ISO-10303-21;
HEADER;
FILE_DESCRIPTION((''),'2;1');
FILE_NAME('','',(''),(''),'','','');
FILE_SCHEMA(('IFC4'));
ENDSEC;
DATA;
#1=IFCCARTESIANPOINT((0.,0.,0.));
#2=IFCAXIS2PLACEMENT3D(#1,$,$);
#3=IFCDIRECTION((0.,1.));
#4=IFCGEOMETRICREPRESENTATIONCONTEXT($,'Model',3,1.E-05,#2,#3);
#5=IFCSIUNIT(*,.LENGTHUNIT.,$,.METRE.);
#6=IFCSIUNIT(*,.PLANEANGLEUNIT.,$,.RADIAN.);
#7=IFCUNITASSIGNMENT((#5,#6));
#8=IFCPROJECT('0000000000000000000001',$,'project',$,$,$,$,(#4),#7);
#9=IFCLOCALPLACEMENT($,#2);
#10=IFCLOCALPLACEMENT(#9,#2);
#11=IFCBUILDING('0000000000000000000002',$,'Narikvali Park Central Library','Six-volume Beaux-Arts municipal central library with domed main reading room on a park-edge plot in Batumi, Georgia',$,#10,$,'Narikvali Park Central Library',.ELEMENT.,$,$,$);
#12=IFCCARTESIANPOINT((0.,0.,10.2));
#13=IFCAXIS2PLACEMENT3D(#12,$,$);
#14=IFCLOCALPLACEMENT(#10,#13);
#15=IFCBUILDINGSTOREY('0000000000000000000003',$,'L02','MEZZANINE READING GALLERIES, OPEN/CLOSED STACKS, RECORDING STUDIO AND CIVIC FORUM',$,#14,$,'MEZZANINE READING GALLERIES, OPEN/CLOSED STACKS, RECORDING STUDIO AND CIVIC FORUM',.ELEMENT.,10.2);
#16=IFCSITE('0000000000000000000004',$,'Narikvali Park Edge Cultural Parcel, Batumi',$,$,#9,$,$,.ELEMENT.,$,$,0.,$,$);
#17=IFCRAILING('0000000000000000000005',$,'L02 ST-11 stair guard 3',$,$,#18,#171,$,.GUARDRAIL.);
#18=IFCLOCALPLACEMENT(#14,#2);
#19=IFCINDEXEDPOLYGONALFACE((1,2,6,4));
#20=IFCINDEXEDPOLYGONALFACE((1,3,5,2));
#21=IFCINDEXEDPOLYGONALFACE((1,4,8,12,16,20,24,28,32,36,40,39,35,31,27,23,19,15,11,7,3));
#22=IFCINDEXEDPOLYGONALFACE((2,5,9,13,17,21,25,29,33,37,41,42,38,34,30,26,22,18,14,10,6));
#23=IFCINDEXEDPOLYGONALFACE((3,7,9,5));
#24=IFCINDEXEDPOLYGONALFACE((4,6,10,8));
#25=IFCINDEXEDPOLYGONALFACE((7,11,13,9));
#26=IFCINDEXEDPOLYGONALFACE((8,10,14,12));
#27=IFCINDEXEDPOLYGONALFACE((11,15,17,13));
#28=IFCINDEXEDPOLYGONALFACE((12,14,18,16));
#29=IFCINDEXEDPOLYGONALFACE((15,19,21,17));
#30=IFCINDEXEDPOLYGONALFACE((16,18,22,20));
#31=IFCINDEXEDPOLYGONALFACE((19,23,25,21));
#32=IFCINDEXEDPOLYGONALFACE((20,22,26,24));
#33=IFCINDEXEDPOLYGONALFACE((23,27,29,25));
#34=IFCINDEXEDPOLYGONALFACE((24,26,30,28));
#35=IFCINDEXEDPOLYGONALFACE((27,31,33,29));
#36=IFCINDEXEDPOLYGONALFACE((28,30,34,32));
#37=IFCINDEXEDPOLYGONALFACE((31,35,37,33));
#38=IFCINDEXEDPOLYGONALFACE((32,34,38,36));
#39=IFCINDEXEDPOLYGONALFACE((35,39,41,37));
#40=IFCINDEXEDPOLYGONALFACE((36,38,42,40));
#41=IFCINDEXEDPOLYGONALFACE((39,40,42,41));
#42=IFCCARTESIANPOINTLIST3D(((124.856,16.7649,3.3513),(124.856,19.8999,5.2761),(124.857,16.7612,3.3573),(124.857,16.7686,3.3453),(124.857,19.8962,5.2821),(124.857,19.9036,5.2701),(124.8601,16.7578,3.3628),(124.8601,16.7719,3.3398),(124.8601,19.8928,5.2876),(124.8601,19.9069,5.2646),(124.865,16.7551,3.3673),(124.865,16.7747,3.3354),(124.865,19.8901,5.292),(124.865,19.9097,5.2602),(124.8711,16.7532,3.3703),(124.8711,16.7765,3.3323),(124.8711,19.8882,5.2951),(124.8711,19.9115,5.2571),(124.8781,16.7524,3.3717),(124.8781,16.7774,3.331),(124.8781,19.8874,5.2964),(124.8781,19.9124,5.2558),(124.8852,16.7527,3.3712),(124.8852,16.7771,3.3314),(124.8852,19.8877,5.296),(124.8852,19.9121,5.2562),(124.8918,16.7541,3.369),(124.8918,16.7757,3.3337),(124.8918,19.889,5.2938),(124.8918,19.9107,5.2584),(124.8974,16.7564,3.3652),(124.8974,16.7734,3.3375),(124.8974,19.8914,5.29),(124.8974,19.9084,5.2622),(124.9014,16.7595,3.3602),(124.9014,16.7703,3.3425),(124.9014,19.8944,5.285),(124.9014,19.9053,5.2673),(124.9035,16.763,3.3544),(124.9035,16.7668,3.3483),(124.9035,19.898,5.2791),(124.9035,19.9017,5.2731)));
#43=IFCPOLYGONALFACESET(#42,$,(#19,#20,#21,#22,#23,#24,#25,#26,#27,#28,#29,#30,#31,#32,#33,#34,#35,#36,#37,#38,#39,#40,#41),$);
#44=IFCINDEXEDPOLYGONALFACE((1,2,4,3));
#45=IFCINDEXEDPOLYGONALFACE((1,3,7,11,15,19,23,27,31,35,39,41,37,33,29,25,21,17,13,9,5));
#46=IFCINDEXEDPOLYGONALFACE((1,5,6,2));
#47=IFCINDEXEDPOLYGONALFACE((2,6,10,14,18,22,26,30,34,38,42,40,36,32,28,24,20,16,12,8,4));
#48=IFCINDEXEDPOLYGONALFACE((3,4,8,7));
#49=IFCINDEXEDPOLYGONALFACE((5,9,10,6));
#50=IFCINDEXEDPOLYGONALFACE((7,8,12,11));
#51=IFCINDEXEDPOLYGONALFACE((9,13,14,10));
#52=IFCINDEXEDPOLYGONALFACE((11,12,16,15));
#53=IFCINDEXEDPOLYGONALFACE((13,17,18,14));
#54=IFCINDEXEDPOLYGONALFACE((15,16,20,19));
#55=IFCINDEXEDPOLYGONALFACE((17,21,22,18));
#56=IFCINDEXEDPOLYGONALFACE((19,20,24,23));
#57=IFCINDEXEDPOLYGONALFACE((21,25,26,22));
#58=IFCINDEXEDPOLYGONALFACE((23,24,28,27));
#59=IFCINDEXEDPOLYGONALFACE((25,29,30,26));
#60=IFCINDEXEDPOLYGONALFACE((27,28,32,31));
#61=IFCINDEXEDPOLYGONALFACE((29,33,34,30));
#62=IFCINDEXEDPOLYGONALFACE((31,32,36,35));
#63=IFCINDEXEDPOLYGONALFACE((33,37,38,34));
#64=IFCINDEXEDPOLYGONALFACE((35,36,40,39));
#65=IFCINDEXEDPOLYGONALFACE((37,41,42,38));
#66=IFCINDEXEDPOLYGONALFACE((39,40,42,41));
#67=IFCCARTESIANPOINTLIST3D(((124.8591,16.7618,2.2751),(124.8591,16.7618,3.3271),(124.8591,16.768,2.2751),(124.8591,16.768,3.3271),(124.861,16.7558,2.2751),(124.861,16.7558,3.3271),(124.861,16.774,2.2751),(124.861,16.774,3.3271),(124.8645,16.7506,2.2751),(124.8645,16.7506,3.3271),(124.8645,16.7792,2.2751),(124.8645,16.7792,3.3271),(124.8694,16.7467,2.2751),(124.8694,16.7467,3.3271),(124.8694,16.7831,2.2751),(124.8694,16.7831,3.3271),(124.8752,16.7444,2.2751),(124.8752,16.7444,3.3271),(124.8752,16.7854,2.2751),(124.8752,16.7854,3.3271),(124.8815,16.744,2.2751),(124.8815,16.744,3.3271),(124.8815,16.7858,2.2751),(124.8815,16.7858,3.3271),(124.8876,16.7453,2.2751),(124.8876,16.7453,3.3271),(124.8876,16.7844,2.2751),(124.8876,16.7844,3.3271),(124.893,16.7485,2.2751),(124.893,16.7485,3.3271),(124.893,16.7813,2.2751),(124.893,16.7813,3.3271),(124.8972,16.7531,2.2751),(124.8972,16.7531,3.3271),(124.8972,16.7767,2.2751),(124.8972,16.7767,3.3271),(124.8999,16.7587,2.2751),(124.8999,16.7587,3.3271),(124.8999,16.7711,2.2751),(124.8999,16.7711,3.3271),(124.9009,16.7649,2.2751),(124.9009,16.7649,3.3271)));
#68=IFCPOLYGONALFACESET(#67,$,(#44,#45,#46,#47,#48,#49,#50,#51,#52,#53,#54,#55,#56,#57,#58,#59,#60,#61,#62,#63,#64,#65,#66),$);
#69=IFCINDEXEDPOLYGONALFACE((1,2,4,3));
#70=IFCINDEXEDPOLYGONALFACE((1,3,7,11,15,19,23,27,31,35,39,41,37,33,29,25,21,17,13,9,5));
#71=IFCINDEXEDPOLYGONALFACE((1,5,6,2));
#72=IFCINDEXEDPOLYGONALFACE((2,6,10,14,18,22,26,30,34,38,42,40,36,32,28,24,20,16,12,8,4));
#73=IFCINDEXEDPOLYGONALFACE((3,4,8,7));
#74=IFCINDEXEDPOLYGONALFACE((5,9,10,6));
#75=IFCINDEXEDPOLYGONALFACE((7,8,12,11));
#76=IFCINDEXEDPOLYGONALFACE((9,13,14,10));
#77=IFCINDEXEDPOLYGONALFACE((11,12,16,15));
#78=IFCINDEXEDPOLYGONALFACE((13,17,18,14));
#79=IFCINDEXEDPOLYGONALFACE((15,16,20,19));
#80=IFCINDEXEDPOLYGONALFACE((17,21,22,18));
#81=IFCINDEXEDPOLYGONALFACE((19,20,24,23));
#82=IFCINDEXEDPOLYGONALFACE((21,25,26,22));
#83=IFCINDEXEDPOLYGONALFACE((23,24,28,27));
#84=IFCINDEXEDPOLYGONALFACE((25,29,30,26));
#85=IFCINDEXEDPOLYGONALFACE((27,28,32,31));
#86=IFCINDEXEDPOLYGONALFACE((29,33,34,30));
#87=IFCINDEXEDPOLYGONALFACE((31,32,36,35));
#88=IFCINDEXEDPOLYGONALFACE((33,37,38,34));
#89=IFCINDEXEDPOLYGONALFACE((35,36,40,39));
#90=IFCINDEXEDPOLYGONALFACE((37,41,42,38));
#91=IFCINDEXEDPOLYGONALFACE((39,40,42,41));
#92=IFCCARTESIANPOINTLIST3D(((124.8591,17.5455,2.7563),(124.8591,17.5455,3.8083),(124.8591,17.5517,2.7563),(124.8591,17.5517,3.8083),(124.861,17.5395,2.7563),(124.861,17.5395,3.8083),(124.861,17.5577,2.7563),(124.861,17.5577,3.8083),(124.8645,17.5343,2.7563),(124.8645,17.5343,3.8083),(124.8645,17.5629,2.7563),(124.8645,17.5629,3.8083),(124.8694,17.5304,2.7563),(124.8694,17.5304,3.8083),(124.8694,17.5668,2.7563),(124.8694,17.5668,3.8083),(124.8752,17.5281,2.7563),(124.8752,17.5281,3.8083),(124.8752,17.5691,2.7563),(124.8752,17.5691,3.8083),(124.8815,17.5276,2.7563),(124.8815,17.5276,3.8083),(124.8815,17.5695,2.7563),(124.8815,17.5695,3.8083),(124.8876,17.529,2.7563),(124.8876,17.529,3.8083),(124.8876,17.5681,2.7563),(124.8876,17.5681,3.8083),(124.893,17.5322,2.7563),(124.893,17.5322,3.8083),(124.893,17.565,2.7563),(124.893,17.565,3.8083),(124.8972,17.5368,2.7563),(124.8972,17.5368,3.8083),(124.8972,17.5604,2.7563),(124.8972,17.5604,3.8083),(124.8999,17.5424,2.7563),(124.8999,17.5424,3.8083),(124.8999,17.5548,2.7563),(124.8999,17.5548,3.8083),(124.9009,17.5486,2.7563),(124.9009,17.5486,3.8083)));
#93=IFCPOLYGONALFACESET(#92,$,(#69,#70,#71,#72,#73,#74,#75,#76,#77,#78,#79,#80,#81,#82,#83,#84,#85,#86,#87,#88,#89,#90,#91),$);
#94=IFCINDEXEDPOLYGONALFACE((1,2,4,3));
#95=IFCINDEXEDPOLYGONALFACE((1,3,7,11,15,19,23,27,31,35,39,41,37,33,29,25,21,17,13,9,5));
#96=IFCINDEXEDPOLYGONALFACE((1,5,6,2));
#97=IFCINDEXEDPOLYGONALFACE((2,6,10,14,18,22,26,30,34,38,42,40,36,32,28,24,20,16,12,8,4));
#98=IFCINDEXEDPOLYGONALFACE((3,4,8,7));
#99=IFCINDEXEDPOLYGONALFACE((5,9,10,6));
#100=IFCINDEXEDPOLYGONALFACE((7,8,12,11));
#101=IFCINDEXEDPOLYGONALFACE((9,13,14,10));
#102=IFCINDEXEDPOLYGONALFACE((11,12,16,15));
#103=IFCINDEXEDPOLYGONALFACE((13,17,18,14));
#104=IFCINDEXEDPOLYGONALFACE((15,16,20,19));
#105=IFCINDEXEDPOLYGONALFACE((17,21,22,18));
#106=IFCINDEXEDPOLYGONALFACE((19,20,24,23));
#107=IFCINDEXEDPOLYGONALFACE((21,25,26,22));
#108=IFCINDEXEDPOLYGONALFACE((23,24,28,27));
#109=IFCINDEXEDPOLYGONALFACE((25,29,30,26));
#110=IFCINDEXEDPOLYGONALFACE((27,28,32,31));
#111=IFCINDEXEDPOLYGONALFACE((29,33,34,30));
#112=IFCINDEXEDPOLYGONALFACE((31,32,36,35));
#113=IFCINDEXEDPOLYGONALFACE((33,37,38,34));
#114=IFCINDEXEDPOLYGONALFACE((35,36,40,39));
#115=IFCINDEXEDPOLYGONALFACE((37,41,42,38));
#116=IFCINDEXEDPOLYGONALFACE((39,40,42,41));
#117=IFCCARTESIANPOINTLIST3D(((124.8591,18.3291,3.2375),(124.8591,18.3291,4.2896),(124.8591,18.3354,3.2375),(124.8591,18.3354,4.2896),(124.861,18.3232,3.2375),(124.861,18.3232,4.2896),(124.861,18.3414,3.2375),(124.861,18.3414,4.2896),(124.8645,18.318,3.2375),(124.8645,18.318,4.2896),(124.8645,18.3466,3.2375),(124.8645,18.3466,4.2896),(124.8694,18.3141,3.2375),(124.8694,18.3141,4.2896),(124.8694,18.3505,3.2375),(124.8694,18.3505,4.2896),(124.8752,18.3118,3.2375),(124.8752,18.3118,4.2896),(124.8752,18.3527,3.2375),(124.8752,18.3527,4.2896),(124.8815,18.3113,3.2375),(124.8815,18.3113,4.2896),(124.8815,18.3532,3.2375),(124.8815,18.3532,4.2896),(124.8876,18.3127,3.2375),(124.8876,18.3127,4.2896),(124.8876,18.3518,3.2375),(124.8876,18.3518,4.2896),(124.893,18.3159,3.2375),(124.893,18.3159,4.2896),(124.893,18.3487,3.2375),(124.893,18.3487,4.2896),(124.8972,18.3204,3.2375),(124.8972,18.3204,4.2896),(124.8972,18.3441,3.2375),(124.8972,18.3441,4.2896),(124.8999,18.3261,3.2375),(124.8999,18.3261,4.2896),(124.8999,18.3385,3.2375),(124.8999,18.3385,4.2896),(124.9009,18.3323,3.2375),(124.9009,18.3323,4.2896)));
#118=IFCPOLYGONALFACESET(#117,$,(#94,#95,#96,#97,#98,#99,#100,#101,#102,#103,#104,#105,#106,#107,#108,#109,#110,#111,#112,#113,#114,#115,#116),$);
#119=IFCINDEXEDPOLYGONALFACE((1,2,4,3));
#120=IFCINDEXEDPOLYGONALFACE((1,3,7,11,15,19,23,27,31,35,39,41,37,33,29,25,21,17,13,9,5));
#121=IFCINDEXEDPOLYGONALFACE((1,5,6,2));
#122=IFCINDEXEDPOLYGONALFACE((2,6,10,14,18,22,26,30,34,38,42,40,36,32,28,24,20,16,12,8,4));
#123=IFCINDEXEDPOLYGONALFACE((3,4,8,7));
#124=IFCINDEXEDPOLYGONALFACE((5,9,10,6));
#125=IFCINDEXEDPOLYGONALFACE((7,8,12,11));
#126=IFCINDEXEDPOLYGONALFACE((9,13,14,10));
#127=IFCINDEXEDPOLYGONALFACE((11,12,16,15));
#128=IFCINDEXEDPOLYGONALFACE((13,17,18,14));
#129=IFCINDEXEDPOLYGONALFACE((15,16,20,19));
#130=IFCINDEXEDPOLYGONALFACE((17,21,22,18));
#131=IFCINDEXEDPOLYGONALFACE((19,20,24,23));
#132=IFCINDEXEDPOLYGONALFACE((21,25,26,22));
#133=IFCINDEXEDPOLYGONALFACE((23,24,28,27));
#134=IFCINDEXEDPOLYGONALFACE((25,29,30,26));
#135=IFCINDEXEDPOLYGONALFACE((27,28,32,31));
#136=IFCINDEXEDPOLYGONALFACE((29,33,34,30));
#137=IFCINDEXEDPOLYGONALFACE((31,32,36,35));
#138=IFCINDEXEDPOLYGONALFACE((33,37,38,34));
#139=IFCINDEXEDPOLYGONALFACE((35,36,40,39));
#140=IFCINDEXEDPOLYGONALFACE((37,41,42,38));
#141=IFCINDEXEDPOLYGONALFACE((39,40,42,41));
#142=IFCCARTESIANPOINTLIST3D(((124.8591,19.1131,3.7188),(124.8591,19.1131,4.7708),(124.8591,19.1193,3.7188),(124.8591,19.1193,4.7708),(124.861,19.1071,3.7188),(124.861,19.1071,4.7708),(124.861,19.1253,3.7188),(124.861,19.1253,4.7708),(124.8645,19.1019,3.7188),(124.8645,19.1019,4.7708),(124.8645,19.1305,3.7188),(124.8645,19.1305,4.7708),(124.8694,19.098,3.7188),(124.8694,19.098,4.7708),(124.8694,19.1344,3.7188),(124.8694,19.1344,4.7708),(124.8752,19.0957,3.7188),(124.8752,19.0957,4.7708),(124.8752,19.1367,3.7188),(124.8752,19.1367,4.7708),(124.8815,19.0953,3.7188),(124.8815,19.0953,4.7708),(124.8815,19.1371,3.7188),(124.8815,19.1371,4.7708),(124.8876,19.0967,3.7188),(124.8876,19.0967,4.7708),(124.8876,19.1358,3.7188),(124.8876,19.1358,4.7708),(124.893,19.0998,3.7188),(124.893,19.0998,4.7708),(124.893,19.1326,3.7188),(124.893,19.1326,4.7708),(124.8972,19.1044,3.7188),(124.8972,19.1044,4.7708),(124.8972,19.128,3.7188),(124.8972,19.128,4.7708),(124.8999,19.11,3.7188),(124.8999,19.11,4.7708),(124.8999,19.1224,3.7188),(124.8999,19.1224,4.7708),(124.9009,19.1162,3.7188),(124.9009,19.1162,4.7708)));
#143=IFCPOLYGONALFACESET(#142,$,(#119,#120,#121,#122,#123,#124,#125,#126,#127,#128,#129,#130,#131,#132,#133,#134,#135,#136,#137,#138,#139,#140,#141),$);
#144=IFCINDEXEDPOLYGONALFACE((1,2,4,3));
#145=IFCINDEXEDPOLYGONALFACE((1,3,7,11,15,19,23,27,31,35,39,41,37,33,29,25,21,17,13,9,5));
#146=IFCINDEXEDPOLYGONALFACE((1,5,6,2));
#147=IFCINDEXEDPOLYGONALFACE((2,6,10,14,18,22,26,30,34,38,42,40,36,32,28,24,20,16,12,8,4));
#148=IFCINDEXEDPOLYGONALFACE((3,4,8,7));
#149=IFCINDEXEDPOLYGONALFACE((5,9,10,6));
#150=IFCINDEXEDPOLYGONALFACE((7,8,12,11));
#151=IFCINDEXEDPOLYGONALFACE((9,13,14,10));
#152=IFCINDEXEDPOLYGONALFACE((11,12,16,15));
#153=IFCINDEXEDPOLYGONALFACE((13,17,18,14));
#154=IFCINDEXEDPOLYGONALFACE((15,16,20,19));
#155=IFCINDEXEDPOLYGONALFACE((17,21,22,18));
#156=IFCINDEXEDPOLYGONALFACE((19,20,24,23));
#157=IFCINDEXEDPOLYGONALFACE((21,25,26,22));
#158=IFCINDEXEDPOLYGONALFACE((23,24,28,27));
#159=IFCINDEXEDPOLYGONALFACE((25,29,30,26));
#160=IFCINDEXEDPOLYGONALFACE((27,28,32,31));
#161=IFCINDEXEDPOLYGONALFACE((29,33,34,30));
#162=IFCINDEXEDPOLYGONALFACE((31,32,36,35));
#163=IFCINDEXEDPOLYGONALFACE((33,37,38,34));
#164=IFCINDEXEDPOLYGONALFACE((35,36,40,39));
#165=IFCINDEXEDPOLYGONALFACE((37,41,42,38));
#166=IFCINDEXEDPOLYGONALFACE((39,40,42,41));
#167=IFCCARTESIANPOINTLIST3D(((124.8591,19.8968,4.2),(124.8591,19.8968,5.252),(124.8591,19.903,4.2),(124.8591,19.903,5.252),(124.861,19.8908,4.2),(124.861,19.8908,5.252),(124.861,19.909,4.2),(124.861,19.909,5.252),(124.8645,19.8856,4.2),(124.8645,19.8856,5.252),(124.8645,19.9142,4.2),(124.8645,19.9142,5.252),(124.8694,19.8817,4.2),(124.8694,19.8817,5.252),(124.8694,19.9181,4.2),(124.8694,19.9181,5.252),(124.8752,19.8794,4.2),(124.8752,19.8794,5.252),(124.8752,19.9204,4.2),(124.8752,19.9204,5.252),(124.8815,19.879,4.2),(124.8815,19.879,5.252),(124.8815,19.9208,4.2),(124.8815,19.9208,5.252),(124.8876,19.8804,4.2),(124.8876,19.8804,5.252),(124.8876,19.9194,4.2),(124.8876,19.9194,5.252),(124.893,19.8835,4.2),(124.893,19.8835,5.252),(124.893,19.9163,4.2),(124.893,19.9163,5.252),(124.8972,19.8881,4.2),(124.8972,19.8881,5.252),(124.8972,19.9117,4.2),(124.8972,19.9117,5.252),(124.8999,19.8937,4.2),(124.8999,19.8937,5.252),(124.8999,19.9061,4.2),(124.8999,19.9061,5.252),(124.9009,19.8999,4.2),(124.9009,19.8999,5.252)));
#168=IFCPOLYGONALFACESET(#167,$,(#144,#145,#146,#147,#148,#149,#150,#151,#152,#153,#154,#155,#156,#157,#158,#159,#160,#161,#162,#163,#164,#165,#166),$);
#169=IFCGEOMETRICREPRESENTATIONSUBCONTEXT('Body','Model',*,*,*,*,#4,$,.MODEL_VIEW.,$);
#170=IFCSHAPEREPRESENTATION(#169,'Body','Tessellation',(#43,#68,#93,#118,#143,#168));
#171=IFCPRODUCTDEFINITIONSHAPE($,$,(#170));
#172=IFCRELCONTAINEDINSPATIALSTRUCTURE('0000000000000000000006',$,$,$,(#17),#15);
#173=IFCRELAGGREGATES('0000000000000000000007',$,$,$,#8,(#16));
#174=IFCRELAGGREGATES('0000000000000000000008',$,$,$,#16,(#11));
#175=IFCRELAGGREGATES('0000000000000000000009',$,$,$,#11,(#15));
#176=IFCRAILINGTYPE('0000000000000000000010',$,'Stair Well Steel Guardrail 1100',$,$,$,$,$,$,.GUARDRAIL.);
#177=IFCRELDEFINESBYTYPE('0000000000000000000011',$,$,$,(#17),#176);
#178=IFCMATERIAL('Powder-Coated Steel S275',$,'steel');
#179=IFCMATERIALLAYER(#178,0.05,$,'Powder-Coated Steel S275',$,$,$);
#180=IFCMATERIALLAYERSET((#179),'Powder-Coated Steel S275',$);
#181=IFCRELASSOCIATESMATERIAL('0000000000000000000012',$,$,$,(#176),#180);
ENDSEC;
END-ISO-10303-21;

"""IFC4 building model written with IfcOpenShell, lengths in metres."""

from ifc_helpers import new_model, si_unit, direction, frame, origin, origin_2d, place, context, subcontext, project, spatial, circle, extrude, material, layer, layer_set, type_object, element, save


model = new_model("IFC4")

# Units and contexts
model_context = context("Model", 3, precision=1e-05, world=origin(), true_north=direction((0.0, 1.0)))
body_context = subcontext(model_context, "Body", "Model", "MODEL_VIEW")
ifc_project = project(units=[si_unit("LENGTHUNIT", "METRE"), si_unit("PLANEANGLEUNIT", "RADIAN")], contexts=[model_context])

# Site, building, storey
site_placement = place(None, origin())
site = spatial("IfcSite", under=ifc_project, at=site_placement, Name="Narikvali Park Edge Cultural Parcel, Batumi", CompositionType="ELEMENT", RefElevation=0.0)
building_placement = place(site_placement, origin())
building = spatial("IfcBuilding", under=site, at=building_placement, Name="Narikvali Park Central Library", Description="Six-volume Beaux-Arts municipal central library with domed main reading room on a park-edge plot in Batumi, Georgia", LongName="Narikvali Park Central Library", CompositionType="ELEMENT")
storey_placement = place(building_placement, frame((0.0, 0.0, 10.2)))
storey = spatial("IfcBuildingStorey", under=building, at=storey_placement, Name="L02", Description="MEZZANINE READING GALLERIES, OPEN/CLOSED STACKS, RECORDING STUDIO AND CIVIC FORUM", LongName="MEZZANINE READING GALLERIES, OPEN/CLOSED STACKS, RECORDING STUDIO AND CIVIC FORUM", CompositionType="ELEMENT", Elevation=10.2)

# Railing
ifc_material_1 = material(Name="Powder-Coated Steel S275", Category="steel")
ifc_layer_1 = layer(ifc_material_1, 0.05, Name="Powder-Coated Steel S275")
ifc_layer_set_1 = layer_set([ifc_layer_1], Name="Powder-Coated Steel S275")
railing_type_1 = type_object("IfcRailingType", Name="Stair Well Steel Guardrail 1100", PredefinedType="GUARDRAIL", material=ifc_layer_set_1)
railing_1_placement = place(storey_placement, frame((124.8799, 16.7649, 2.2751)))
element("IfcRailing", 1, at=railing_1_placement, inside=storey, type_object=railing_type_1, Name="L02 ST-11 stair guard 3", PredefinedType="GUARDRAIL", context=body_context, shape_type="SweptSolid", body=[
    extrude(circle(Radius=0.0239, at=origin_2d()), frame((0.0, 0.0, 1.0762), z_axis=(0.0, 0.852196, 0.523223), x_axis=(-1.0, 0.0, 0.0)), (0.0, 0.0, 1.0), 3.6787),
    extrude(circle(Radius=0.021, at=origin_2d()), origin(), (0.0, 0.0, 1.0), 1.052),
    extrude(circle(Radius=0.021, at=origin_2d()), frame((0.0, 0.7837, 0.4812)), (0.0, 0.0, 1.0), 1.052),
    extrude(circle(Radius=0.021, at=origin_2d()), frame((0.0, 1.5674, 0.9624)), (0.0, 0.0, 1.0), 1.052),
    extrude(circle(Radius=0.021, at=origin_2d()), frame((0.0, 2.3513, 1.4436)), (0.0, 0.0, 1.0), 1.052),
    extrude(circle(Radius=0.021, at=origin_2d()), frame((0.0, 3.135, 1.9248)), (0.0, 0.0, 1.0), 1.052),
])

save(model, "model.ifc")
